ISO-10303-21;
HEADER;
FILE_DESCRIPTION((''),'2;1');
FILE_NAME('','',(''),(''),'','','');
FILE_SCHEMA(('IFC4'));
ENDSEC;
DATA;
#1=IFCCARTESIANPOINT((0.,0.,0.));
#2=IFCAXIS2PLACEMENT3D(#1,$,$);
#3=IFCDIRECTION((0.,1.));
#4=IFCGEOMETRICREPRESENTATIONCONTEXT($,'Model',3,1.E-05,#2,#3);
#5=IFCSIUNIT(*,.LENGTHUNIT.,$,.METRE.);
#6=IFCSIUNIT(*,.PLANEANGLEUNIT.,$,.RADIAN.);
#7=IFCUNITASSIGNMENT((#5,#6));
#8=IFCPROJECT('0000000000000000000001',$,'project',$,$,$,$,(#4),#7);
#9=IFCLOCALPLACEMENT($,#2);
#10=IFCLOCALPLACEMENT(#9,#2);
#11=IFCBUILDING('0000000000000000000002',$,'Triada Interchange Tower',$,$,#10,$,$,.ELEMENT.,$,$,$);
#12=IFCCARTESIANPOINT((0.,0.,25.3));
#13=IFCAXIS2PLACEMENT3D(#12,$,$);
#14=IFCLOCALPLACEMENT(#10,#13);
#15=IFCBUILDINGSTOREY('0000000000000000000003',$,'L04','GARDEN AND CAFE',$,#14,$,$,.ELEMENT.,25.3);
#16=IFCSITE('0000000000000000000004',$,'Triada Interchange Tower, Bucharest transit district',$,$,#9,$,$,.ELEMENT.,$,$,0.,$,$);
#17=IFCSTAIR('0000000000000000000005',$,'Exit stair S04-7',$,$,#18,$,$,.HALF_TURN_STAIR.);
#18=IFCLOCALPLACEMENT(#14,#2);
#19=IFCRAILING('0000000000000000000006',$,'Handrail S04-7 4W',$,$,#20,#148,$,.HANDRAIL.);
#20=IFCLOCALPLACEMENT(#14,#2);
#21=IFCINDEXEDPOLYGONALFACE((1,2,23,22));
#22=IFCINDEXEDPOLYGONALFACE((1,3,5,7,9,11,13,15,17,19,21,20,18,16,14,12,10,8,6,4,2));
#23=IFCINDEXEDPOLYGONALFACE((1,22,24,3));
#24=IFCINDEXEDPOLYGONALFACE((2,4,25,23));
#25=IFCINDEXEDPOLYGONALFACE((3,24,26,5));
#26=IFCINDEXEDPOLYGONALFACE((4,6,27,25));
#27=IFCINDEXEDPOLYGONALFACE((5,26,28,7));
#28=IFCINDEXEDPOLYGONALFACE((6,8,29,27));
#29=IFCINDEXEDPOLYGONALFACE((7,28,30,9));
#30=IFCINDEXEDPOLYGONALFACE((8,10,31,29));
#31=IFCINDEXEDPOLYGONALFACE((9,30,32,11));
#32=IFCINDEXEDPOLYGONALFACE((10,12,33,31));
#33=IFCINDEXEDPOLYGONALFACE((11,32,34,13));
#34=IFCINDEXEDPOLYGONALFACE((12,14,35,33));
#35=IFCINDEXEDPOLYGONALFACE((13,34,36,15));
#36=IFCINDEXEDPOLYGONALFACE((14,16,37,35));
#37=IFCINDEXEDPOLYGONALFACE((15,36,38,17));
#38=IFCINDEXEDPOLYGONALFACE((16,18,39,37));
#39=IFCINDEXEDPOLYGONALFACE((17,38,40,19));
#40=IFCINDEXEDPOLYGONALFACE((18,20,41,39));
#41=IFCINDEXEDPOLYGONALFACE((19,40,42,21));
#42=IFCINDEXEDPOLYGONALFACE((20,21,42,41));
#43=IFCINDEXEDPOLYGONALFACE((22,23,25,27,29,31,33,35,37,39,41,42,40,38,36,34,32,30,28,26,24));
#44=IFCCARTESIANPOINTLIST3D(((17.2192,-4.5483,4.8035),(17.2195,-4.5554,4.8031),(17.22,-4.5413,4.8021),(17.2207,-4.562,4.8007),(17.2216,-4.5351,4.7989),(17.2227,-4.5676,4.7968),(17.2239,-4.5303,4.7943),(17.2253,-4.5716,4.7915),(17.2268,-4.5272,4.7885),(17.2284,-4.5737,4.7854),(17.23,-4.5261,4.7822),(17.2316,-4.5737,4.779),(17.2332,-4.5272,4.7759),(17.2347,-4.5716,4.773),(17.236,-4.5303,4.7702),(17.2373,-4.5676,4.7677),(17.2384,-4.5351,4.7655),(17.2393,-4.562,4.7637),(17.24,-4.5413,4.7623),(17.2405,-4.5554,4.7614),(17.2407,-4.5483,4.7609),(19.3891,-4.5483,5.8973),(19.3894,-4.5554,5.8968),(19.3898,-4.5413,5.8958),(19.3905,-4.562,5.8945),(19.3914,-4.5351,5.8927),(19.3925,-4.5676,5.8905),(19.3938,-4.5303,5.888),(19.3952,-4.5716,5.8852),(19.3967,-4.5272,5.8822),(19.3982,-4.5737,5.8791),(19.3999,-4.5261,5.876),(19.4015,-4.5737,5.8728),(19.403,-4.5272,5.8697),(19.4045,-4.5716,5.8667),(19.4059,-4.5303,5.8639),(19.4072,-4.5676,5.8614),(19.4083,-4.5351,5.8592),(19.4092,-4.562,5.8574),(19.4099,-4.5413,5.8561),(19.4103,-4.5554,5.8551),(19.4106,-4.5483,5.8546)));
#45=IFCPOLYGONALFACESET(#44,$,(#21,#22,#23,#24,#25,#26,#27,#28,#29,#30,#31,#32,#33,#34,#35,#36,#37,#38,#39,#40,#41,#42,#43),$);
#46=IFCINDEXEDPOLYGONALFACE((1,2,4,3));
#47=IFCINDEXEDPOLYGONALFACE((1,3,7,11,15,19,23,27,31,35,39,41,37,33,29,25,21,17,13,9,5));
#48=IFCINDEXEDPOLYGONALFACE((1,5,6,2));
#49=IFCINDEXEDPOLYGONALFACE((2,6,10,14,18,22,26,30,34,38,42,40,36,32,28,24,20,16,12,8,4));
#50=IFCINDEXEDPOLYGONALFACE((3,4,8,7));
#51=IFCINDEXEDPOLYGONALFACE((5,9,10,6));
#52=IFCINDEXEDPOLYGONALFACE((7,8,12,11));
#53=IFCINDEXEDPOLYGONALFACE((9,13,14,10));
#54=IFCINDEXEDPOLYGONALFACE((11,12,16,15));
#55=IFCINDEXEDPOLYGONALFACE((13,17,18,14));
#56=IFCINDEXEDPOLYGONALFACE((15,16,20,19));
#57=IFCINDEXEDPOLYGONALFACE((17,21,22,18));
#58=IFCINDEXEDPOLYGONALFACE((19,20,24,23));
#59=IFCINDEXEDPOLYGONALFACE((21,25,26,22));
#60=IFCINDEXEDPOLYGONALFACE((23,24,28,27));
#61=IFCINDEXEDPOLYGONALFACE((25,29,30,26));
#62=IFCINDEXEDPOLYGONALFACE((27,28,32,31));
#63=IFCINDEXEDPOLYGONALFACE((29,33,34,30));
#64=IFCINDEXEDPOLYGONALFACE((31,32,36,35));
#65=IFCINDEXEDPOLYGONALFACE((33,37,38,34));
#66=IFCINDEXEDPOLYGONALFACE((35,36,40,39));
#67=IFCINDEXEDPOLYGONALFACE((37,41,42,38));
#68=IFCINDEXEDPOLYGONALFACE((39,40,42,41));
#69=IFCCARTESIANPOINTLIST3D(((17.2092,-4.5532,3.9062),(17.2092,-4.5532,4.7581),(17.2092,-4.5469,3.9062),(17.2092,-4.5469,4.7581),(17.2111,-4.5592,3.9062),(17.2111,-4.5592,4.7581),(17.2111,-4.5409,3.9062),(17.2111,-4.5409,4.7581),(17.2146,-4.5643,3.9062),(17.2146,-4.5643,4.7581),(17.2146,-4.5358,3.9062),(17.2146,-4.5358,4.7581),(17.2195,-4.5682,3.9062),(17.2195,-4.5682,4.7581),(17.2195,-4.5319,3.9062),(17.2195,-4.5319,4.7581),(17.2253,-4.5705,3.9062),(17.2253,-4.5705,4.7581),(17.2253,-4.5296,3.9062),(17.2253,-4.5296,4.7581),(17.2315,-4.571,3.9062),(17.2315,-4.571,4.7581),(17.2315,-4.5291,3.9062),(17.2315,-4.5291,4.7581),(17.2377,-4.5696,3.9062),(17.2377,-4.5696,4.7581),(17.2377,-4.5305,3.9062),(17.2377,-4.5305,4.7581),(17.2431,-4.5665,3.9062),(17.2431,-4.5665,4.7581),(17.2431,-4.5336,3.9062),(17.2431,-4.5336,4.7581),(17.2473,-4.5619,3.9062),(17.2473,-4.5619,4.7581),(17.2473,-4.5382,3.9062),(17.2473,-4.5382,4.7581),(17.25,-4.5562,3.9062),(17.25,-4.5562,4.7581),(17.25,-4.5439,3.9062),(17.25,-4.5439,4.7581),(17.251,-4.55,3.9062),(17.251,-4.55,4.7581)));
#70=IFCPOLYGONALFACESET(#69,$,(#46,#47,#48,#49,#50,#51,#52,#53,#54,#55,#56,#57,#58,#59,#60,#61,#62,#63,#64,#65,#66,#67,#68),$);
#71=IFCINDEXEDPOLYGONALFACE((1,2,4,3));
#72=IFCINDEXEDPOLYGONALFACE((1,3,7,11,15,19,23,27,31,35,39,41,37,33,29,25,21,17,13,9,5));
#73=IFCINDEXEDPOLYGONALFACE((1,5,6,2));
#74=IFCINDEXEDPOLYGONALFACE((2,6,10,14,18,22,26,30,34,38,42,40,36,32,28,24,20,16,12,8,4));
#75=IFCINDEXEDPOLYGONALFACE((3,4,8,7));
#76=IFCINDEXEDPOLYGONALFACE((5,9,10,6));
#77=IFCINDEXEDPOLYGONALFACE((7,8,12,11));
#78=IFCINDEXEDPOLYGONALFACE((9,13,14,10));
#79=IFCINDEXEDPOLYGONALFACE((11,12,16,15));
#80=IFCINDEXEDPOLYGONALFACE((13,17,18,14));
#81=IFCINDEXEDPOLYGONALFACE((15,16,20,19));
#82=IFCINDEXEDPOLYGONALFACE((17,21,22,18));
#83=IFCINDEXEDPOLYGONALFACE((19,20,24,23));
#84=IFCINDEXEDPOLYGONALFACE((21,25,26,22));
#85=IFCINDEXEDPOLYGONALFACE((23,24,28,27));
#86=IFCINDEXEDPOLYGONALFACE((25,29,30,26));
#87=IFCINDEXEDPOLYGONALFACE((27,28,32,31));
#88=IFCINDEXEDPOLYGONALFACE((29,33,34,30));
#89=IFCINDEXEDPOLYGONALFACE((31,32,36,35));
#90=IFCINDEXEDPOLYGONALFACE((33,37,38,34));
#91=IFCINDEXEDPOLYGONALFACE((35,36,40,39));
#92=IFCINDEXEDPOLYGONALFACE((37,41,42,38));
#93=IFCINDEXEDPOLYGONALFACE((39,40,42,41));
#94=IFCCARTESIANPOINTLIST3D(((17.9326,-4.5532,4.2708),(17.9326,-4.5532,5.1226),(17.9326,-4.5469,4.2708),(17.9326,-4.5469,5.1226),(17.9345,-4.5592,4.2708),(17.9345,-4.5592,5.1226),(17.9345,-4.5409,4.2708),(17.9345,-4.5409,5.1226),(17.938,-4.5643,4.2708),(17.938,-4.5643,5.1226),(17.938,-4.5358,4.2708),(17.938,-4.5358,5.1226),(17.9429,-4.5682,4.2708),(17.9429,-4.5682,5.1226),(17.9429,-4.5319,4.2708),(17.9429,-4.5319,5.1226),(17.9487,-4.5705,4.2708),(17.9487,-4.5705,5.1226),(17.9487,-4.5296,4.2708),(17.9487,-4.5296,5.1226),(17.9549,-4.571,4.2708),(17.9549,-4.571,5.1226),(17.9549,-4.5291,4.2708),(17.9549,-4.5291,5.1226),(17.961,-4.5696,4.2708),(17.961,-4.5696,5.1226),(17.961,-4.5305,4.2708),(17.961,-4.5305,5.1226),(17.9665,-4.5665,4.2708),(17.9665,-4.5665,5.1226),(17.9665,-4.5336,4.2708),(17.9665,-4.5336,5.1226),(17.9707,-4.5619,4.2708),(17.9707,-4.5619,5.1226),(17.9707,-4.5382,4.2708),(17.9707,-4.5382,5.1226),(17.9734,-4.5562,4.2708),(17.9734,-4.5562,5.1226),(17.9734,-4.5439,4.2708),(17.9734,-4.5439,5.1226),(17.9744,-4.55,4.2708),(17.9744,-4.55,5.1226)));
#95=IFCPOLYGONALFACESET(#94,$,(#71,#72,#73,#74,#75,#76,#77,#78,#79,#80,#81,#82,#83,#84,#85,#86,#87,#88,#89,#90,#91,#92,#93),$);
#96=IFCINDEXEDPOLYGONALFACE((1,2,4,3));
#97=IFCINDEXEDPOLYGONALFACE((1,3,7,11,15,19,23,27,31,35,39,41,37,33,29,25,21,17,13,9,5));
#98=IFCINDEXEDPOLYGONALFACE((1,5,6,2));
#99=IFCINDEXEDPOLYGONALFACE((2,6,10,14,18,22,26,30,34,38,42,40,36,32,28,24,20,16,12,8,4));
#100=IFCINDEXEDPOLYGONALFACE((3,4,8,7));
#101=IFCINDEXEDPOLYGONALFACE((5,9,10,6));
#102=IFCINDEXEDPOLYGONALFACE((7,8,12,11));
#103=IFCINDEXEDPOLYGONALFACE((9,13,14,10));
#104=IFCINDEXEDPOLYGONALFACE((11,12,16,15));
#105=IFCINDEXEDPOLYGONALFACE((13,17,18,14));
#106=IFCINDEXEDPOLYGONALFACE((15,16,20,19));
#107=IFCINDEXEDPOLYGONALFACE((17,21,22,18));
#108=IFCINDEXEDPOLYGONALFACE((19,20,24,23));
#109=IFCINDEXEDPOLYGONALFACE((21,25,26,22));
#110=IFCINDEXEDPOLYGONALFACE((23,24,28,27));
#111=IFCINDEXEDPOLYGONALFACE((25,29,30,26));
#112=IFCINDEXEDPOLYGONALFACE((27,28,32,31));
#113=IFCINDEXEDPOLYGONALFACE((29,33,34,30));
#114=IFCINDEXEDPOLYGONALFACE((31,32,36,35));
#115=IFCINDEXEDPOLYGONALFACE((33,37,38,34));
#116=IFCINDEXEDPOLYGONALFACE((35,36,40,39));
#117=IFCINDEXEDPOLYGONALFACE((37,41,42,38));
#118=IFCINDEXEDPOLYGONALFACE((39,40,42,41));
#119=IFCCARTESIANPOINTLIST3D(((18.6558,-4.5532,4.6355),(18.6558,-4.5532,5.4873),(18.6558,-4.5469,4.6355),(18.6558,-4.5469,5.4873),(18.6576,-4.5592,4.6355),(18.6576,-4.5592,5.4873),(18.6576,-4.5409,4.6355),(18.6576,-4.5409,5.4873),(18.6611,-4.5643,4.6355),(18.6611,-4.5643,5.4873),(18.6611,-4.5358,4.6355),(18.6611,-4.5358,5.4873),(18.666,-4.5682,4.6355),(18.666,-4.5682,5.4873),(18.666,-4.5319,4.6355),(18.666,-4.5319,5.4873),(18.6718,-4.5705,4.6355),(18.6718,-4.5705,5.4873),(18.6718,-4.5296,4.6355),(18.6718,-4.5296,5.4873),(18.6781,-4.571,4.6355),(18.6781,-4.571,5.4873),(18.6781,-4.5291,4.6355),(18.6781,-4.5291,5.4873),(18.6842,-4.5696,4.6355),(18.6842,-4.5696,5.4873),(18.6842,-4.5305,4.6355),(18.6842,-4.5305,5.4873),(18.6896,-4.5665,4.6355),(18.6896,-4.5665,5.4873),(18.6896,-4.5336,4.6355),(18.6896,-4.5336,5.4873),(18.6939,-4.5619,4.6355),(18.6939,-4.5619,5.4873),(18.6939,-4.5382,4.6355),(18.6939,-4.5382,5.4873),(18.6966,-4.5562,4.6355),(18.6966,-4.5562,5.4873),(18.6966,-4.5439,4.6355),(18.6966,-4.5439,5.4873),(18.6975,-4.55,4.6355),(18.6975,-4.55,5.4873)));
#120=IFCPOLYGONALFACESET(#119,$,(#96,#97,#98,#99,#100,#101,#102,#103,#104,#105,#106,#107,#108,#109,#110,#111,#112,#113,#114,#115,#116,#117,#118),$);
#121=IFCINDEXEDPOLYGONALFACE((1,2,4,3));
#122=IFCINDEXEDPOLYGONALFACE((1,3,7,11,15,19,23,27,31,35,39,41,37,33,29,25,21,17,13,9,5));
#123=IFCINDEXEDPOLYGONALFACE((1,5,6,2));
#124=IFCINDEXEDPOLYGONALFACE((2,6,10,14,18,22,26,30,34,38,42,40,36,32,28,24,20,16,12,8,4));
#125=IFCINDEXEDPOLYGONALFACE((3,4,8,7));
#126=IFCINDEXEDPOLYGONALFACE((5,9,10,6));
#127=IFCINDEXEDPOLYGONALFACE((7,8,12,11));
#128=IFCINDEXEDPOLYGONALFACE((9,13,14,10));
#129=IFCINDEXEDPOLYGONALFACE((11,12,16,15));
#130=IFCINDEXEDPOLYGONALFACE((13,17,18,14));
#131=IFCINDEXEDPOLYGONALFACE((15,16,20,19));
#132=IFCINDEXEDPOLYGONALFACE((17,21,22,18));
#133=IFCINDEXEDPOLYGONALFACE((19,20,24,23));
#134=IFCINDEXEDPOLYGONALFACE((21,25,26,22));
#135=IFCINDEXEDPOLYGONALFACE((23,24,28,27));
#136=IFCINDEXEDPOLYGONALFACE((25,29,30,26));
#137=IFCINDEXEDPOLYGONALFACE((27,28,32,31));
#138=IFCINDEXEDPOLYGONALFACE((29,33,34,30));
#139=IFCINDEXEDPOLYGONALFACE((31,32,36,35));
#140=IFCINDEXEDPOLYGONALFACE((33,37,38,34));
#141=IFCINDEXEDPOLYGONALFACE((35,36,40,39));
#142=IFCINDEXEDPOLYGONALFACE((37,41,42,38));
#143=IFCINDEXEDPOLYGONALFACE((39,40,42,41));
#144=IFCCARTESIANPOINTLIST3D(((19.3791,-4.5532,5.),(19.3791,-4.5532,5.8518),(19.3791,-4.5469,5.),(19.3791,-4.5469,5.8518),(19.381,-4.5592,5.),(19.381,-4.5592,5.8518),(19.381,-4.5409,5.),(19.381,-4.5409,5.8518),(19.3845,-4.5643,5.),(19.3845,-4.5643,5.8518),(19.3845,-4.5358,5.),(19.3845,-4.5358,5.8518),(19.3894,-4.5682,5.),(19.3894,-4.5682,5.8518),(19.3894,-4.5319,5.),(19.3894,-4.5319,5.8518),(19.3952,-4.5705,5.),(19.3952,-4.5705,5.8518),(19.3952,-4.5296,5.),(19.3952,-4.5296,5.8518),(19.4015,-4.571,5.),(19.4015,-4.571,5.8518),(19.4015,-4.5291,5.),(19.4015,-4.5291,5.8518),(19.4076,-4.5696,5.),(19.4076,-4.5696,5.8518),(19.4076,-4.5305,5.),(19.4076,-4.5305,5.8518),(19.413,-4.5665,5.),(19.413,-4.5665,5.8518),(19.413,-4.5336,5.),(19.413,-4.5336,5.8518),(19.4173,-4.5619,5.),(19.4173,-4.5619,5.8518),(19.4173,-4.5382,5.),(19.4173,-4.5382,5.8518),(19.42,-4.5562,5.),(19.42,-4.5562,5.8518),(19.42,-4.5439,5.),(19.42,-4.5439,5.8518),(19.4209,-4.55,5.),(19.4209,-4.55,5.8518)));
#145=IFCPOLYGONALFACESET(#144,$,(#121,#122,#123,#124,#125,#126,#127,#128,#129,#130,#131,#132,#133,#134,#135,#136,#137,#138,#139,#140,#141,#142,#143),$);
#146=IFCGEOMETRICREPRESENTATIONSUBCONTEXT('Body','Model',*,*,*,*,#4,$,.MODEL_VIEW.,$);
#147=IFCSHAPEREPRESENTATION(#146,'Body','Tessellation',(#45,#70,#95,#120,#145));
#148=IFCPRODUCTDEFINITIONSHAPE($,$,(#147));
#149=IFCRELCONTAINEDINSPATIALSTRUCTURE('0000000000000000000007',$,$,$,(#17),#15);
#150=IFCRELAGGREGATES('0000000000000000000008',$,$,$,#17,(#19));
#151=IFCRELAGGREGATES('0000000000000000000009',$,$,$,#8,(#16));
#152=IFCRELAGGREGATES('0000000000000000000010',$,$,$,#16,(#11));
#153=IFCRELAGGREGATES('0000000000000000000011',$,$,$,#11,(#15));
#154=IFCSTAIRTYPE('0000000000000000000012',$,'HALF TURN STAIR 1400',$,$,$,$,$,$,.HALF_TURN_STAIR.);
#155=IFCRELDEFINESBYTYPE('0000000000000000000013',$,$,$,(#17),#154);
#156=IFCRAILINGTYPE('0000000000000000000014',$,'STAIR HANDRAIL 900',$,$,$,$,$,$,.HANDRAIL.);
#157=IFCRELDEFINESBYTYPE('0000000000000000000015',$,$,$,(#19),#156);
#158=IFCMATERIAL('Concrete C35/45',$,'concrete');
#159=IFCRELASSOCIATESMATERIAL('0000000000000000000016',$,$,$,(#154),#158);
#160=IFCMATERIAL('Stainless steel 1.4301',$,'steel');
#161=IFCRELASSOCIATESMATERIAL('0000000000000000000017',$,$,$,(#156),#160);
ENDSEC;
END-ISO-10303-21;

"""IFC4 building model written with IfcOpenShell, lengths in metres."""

from ifc_helpers import new_model, si_unit, direction, frame, origin, origin_2d, place, context, subcontext, project, spatial, circle, extrude, material, type_object, element, aggregate, save


model = new_model("IFC4")

# Units and contexts
model_context = context("Model", 3, precision=1e-05, world=origin(), true_north=direction((0.0, 1.0)))
body_context = subcontext(model_context, "Body", "Model", "MODEL_VIEW")
ifc_project = project(units=[si_unit("LENGTHUNIT", "METRE"), si_unit("PLANEANGLEUNIT", "RADIAN")], contexts=[model_context])

# Site, building, storey
site_placement = place(None, origin())
site = spatial("IfcSite", under=ifc_project, at=site_placement, Name="Triada Interchange Tower, Bucharest transit district", CompositionType="ELEMENT", RefElevation=0.0)
building_placement = place(site_placement, origin())
building = spatial("IfcBuilding", under=site, at=building_placement, Name="Triada Interchange Tower", CompositionType="ELEMENT")
storey_placement = place(building_placement, frame((0.0, 0.0, 25.3)))
storey = spatial("IfcBuildingStorey", under=building, at=storey_placement, Name="L04", Description="GARDEN AND CAFE", CompositionType="ELEMENT", Elevation=25.3)

# Stair, railing
ifc_material_1 = material(Name="Concrete C35/45", Category="concrete")
stair_type = type_object("IfcStairType", Name="HALF TURN STAIR 1400", PredefinedType="HALF_TURN_STAIR", material=ifc_material_1)
stair_placement = place(storey_placement, origin())
stair = element("IfcStair", 1, at=stair_placement, inside=storey, type_object=stair_type, Name="Exit stair S04-7", PredefinedType="HALF_TURN_STAIR")
ifc_material_2 = material(Name="Stainless steel 1.4301", Category="steel")
railing_type = type_object("IfcRailingType", Name="STAIR HANDRAIL 900", PredefinedType="HANDRAIL", material=ifc_material_2)
railing_1_placement = place(storey_placement, frame((17.23, -4.55, 3.9062)))
railing_1 = element("IfcRailing", 2, at=railing_1_placement, type_object=railing_type, Name="Handrail S04-7 4W", PredefinedType="HANDRAIL", context=body_context, shape_type="SweptSolid", body=[
    extrude(circle(Radius=0.0239, at=origin_2d()), frame((0.0, 0.0, 0.876), z_axis=(0.892976, 0.0, 0.450105), x_axis=(0.0, 1.0, 0.0)), (0.0, 0.0, 1.0), 2.4299),
    extrude(circle(Radius=0.021, at=origin_2d()), origin(), (0.0, 0.0, 1.0), 0.8518),
    extrude(circle(Radius=0.021, at=origin_2d()), frame((0.7234, 0.0, 0.3645)), (0.0, 0.0, 1.0), 0.8518),
    extrude(circle(Radius=0.021, at=origin_2d()), frame((1.4465, 0.0, 0.7292)), (0.0, 0.0, 1.0), 0.8518),
    extrude(circle(Radius=0.021, at=origin_2d()), frame((2.1699, 0.0, 1.0938)), (0.0, 0.0, 1.0), 0.8518),
])
aggregate(stair, [railing_1])

save(model, "model.ifc")
